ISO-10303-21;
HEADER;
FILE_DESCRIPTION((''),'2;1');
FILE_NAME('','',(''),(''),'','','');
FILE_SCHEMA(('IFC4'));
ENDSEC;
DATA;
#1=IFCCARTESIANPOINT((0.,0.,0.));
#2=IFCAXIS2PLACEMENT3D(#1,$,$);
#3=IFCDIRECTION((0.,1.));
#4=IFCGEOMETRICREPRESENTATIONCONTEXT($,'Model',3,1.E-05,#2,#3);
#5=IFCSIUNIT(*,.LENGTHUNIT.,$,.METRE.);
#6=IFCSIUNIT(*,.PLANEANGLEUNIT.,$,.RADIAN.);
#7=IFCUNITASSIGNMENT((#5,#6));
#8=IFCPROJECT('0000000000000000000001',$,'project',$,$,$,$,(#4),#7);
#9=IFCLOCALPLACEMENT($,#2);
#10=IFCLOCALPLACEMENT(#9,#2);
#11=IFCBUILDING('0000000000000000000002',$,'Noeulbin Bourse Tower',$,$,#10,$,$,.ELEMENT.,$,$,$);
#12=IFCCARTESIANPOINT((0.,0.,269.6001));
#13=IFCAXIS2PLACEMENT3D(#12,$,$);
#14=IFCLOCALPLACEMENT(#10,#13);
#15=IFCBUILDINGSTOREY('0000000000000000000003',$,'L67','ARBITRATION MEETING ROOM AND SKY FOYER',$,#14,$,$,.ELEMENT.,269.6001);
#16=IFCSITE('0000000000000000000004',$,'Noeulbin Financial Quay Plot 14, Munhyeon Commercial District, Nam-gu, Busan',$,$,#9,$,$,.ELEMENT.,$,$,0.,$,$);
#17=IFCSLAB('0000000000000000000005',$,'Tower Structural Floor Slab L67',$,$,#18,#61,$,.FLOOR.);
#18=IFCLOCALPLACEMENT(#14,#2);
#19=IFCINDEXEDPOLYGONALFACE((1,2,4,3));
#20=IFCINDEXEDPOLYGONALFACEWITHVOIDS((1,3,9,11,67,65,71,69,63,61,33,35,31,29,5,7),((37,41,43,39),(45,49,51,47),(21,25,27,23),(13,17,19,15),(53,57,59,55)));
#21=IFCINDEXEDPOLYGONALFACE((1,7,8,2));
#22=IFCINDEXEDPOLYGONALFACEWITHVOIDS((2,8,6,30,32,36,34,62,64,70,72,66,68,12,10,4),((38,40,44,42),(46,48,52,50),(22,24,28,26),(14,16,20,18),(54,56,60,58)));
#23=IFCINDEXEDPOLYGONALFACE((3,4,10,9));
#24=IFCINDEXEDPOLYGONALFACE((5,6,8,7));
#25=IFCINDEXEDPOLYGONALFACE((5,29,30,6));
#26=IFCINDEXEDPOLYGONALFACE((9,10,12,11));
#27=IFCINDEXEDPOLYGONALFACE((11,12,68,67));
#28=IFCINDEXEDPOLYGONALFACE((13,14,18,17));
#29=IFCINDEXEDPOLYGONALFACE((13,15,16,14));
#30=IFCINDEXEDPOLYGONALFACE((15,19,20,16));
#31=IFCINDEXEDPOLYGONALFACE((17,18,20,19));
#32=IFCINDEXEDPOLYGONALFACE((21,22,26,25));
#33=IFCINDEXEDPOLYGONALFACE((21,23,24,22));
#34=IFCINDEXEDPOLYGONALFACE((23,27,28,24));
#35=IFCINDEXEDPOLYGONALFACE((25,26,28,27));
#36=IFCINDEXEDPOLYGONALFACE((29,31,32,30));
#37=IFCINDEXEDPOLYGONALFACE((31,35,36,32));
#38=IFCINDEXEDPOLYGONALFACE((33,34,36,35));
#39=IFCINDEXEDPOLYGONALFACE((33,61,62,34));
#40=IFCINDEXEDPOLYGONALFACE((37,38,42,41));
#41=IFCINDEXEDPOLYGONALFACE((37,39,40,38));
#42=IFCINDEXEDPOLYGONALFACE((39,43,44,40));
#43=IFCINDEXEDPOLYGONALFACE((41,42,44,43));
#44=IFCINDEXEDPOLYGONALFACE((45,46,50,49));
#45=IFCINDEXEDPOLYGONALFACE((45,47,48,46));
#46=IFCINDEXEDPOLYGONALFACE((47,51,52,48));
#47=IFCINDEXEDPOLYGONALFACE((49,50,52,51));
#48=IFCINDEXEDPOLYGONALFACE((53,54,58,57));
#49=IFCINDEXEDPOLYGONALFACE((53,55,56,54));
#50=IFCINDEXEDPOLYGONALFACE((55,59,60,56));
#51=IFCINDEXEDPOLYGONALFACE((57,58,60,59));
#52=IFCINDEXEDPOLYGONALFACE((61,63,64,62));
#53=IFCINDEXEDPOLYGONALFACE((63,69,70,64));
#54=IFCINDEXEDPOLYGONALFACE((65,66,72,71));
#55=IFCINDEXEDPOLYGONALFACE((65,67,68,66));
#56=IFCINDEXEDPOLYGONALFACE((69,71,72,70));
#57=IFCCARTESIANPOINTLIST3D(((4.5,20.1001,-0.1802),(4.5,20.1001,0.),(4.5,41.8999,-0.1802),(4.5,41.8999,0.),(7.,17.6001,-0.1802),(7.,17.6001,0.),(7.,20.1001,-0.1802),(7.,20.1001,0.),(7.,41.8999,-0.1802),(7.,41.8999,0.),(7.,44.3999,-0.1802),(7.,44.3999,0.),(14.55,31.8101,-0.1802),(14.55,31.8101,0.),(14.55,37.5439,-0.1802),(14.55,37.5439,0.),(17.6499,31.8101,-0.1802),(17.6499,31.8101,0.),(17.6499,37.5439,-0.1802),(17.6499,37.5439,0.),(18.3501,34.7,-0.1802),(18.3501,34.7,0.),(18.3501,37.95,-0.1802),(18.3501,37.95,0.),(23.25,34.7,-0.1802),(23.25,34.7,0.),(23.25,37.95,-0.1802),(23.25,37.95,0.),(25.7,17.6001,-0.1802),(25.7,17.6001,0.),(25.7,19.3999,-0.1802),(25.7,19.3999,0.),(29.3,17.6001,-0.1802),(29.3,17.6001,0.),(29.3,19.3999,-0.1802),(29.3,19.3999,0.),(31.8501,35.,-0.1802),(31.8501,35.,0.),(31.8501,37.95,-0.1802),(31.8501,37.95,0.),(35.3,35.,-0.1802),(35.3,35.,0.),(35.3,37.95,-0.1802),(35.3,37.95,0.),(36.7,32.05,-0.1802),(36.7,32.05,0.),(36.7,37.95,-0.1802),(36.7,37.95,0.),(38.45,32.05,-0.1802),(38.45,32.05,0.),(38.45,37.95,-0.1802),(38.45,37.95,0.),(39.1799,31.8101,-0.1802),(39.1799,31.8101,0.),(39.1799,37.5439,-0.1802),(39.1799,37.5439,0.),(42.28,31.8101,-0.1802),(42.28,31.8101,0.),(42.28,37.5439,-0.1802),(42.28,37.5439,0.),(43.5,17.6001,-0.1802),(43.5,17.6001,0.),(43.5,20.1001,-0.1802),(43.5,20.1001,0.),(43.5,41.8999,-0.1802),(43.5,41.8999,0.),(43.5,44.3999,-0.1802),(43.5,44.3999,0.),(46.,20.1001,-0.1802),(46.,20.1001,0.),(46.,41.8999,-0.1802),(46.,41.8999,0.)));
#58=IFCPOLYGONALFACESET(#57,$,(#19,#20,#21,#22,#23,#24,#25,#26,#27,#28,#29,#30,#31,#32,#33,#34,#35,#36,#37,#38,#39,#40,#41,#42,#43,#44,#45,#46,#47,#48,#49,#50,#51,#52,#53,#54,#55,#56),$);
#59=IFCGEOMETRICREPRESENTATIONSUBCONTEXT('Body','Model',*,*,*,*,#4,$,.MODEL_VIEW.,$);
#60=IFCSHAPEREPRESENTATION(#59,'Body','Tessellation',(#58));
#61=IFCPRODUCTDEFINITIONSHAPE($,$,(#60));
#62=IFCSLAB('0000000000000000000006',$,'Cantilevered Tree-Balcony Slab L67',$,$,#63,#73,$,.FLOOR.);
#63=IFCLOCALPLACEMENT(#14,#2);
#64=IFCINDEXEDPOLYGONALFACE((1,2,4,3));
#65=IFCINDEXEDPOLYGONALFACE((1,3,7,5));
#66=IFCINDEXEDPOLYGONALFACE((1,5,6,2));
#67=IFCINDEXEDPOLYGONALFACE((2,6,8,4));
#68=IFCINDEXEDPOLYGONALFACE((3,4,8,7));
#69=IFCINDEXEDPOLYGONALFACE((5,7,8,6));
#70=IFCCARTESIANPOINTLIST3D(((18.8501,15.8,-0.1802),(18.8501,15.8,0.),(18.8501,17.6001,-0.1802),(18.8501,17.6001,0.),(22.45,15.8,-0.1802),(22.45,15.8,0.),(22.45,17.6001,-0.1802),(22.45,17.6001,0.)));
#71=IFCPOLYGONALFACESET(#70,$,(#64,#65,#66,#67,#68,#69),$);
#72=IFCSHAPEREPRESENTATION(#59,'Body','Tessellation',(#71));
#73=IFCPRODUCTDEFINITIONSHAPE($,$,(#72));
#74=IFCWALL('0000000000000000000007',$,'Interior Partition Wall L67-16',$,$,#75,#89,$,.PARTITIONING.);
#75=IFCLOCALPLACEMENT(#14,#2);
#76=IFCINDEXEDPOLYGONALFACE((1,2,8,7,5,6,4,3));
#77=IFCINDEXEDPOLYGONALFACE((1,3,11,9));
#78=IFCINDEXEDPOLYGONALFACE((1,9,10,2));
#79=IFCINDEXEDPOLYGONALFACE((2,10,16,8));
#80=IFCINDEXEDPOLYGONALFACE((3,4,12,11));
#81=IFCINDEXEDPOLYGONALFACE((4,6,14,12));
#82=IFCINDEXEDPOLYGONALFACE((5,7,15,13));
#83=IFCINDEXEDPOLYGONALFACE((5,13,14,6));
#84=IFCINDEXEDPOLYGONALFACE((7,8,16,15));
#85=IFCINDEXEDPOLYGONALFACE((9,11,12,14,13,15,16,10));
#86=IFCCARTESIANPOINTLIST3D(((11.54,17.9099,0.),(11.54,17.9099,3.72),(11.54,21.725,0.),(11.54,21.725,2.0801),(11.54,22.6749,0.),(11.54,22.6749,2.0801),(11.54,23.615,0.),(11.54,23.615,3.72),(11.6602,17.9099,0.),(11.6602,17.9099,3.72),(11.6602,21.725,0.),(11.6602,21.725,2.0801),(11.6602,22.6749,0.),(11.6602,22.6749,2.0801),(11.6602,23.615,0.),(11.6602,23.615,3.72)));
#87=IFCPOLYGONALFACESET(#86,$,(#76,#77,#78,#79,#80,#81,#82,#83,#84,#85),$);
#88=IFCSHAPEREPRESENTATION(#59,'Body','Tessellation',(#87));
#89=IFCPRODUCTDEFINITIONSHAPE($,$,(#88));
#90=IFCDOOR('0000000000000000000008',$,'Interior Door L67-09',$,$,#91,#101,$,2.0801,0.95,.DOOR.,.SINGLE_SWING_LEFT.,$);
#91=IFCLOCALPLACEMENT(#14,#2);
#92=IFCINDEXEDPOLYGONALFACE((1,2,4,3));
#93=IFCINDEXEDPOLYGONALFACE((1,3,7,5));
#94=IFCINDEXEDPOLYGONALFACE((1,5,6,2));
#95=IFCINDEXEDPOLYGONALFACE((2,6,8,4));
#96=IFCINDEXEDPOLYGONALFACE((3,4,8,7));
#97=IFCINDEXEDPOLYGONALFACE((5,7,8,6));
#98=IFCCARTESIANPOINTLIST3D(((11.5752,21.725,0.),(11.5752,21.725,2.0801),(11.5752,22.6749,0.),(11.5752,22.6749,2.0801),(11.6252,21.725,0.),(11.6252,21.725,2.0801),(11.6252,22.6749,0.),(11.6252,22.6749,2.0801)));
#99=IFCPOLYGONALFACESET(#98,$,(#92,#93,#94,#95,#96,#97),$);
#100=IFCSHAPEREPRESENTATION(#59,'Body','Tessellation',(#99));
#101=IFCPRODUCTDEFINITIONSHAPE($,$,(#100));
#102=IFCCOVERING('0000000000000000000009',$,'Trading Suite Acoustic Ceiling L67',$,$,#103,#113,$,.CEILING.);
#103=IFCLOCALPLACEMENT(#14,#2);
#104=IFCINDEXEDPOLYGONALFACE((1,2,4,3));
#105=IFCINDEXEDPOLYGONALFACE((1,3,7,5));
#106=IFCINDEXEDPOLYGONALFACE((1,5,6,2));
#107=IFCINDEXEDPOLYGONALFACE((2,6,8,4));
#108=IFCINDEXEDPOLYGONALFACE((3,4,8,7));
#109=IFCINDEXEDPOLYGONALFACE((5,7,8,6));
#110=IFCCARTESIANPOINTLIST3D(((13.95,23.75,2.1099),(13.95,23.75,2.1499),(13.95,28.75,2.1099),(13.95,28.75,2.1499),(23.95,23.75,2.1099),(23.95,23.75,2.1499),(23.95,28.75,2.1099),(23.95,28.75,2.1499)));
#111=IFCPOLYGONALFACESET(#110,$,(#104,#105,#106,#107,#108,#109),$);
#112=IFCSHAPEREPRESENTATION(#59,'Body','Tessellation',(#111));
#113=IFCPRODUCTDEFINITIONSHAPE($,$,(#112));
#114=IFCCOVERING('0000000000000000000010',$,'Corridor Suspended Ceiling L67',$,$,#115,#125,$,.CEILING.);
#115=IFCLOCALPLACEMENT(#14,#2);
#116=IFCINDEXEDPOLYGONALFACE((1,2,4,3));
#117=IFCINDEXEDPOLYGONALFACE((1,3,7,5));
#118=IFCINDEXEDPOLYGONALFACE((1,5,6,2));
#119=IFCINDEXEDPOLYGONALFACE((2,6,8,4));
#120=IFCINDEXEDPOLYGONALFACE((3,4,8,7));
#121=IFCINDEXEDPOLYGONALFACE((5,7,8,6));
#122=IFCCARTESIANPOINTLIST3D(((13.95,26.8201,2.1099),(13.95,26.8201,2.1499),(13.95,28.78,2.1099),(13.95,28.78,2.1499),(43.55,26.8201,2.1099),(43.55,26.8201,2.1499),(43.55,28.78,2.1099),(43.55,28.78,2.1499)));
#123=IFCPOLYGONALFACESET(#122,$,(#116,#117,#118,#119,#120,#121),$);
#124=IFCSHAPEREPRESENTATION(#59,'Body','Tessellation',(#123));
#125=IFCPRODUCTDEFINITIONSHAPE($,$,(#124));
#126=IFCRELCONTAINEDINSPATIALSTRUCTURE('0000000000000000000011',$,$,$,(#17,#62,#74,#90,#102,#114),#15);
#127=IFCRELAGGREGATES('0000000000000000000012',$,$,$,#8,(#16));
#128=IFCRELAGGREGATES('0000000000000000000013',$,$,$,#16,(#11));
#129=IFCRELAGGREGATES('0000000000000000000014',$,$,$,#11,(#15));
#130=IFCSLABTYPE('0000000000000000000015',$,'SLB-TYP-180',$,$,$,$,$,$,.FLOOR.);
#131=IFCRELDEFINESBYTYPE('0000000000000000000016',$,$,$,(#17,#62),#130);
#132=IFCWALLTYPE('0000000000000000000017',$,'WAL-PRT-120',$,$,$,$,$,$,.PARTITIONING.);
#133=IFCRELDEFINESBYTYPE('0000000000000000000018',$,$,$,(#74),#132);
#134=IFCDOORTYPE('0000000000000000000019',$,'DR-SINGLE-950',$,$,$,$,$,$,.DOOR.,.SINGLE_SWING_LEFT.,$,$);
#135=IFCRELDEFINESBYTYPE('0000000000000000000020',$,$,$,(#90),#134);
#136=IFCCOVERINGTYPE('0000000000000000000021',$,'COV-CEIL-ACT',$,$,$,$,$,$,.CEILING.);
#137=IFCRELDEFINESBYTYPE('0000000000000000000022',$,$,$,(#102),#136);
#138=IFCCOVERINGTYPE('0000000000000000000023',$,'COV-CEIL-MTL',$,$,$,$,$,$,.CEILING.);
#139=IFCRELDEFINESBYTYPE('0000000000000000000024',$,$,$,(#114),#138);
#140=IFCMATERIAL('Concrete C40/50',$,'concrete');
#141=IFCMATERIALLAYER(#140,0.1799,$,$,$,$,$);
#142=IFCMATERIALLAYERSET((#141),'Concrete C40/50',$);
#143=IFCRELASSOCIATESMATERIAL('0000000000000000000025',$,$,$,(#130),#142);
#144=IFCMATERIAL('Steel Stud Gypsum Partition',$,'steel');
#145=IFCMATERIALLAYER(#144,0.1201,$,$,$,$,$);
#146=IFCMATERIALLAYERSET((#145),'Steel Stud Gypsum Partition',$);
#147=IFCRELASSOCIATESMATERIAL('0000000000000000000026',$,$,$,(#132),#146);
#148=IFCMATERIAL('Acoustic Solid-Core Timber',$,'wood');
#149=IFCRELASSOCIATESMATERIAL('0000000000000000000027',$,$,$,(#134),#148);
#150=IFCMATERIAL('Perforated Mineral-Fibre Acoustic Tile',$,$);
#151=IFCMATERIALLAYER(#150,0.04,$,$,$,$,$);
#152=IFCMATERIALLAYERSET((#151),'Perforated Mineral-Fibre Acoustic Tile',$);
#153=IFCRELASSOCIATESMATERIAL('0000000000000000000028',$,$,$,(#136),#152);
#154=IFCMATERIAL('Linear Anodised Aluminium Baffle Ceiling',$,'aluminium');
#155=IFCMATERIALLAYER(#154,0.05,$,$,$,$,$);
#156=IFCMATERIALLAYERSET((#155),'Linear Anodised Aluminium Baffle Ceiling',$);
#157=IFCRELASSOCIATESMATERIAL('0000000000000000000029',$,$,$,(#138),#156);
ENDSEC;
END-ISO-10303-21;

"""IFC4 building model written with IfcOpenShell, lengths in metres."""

from ifc_helpers import new_model, si_unit, direction, frame, frame_2d, origin, place, context, subcontext, project, spatial, polyline, rectangle, outline, extrude, material, layer, layer_set, type_object, element, fill, save


model = new_model("IFC4")

# Units and contexts
model_context = context("Model", 3, precision=1e-05, world=origin(), true_north=direction((0.0, 1.0)))
body_context = subcontext(model_context, "Body", "Model", "MODEL_VIEW")
ifc_project = project(units=[si_unit("LENGTHUNIT", "METRE"), si_unit("PLANEANGLEUNIT", "RADIAN")], contexts=[model_context])

# Site, building, storey
site_placement = place(None, origin())
site = spatial("IfcSite", under=ifc_project, at=site_placement, Name="Noeulbin Financial Quay Plot 14, Munhyeon Commercial District, Nam-gu, Busan", CompositionType="ELEMENT", RefElevation=0.0)
building_placement = place(site_placement, origin())
building = spatial("IfcBuilding", under=site, at=building_placement, Name="Noeulbin Bourse Tower", CompositionType="ELEMENT")
storey_placement = place(building_placement, frame((0.0, 0.0, 269.6001)))
storey = spatial("IfcBuildingStorey", under=building, at=storey_placement, Name="L67", Description="ARBITRATION MEETING ROOM AND SKY FOYER", CompositionType="ELEMENT", Elevation=269.6001)

# Shared definitions
ifc_material_1 = material(Name="Concrete C40/50", Category="concrete")

# Slab, openings
ifc_layer_1 = layer(ifc_material_1, 0.1799)
ifc_layer_set_1 = layer_set([ifc_layer_1], Name="Concrete C40/50")
slab_type_1 = type_object("IfcSlabType", Name="SLB-TYP-180", PredefinedType="FLOOR", material=ifc_layer_set_1)
slab_1_placement = place(storey_placement, frame((0.0, 0.0, -0.1802)))
slab_1 = element("IfcSlab", 1, at=slab_1_placement, inside=storey, type_object=slab_type_1, Name="Tower Structural Floor Slab L67", PredefinedType="FLOOR", context=body_context, shape_type="SweptSolid", body=[
    extrude(outline(polyline([(7.0, 17.6001), (25.7, 17.6001), (25.7, 19.3999), (29.3, 19.3999), (29.3, 17.6001), (43.5, 17.6001), (43.5, 20.1001), (46.0, 20.1001), (46.0, 41.8999), (43.5, 41.8999), (43.5, 44.3999), (7.0, 44.3999), (7.0, 41.8999), (4.5, 41.8999), (4.5, 20.1001), (7.0, 20.1001), (7.0, 17.6001)]), holes=[polyline([(17.6499, 31.8101), (17.6499, 37.5439), (14.55, 37.5439), (14.55, 31.8101), (17.6499, 31.8101)]), polyline([(42.28, 31.8101), (42.28, 37.5439), (39.1799, 37.5439), (39.1799, 31.8101), (42.28, 31.8101)]), polyline([(18.3501, 34.7), (23.25, 34.7), (23.25, 37.95), (18.3501, 37.95), (18.3501, 34.7)]), polyline([(36.7, 32.05), (38.45, 32.05), (38.45, 37.95), (36.7, 37.95), (36.7, 32.05)]), polyline([(31.8501, 35.0), (35.3, 35.0), (35.3, 37.95), (31.8501, 37.95), (31.8501, 35.0)])]), origin(), (0.0, 0.0, 1.0), 0.1802),
])
opening_1_placement = place(slab_1_placement, frame((0.0, 0.0, -0.01)))
element("IfcOpeningElement", 2, at=opening_1_placement, cuts=slab_1, PredefinedType="OPENING", context=body_context, shape_type="SweptSolid", body=[
    extrude(outline(polyline([(17.6499, 31.8101), (17.6499, 37.5439), (14.55, 37.5439), (14.55, 31.8101), (17.6499, 31.8101)])), origin(), (0.0, 0.0, 1.0), 0.2002),
])
opening_2_placement = place(slab_1_placement, frame((0.0, 0.0, -0.01)))
element("IfcOpeningElement", 3, at=opening_2_placement, cuts=slab_1, PredefinedType="OPENING", context=body_context, shape_type="SweptSolid", body=[
    extrude(outline(polyline([(42.28, 31.8101), (42.28, 37.5439), (39.1799, 37.5439), (39.1799, 31.8101), (42.28, 31.8101)])), origin(), (0.0, 0.0, 1.0), 0.2002),
])
opening_3_placement = place(slab_1_placement, frame((0.0, 0.0, -0.01)))
element("IfcOpeningElement", 4, at=opening_3_placement, cuts=slab_1, PredefinedType="OPENING", context=body_context, shape_type="SweptSolid", body=[
    extrude(outline(polyline([(18.3501, 34.7), (23.25, 34.7), (23.25, 37.95), (18.3501, 37.95), (18.3501, 34.7)])), origin(), (0.0, 0.0, 1.0), 0.2002),
])
opening_4_placement = place(slab_1_placement, frame((0.0, 0.0, -0.01)))
element("IfcOpeningElement", 5, at=opening_4_placement, cuts=slab_1, PredefinedType="OPENING", context=body_context, shape_type="SweptSolid", body=[
    extrude(outline(polyline([(36.7, 32.05), (38.45, 32.05), (38.45, 37.95), (36.7, 37.95), (36.7, 32.05)])), origin(), (0.0, 0.0, 1.0), 0.2002),
])
opening_5_placement = place(slab_1_placement, frame((0.0, 0.0, -0.01)))
element("IfcOpeningElement", 6, at=opening_5_placement, cuts=slab_1, PredefinedType="OPENING", context=body_context, shape_type="SweptSolid", body=[
    extrude(outline(polyline([(31.8501, 35.0), (35.3, 35.0), (35.3, 37.95), (31.8501, 37.95), (31.8501, 35.0)])), origin(), (0.0, 0.0, 1.0), 0.2002),
])

# Slab
slab_2_placement = place(storey_placement, frame((0.0, 0.0, -0.1802)))
element("IfcSlab", 7, at=slab_2_placement, inside=storey, type_object=slab_type_1, Name="Cantilevered Tree-Balcony Slab L67", PredefinedType="FLOOR", context=body_context, shape_type="SweptSolid", body=[
    extrude(outline(polyline([(18.8501, 15.8), (22.45, 15.8), (22.45, 17.6001), (18.8501, 17.6001), (18.8501, 15.8)])), origin(), (0.0, 0.0, 1.0), 0.1802),
])

# Wall, opening, door
ifc_material_2 = material(Name="Steel Stud Gypsum Partition", Category="steel")
ifc_layer_2 = layer(ifc_material_2, 0.1201)
ifc_layer_set_2 = layer_set([ifc_layer_2], Name="Steel Stud Gypsum Partition")
wall_type = type_object("IfcWallType", Name="WAL-PRT-120", PredefinedType="PARTITIONING", material=ifc_layer_set_2)
wall_placement = place(storey_placement, frame((11.6001, 17.9099, 0.0), z_axis=(0.0, 0.0, 1.0), x_axis=(0.0, 1.0, 0.0)))
wall = element("IfcWall", 8, at=wall_placement, inside=storey, type_object=wall_type, Name="Interior Partition Wall L67-16", PredefinedType="PARTITIONING", context=body_context, shape_type="SweptSolid", body=[
    extrude(rectangle(XDim=5.7051, YDim=0.1201, at=frame_2d((2.8525, 0.0))), origin(), (0.0, 0.0, 1.0), 3.72),
])
opening_6_placement = place(wall_placement, frame((3.8149, 0.0, 0.0)))
opening_6 = element("IfcOpeningElement", 9, at=opening_6_placement, cuts=wall, PredefinedType="OPENING", context=body_context, shape_type="SweptSolid", body=[
    extrude(rectangle(XDim=0.95, YDim=2.0801, at=frame_2d((0.4751, 1.04))), frame((0.0, 0.0701, 0.0), z_axis=(0.0, -1.0, 0.0), x_axis=(1.0, 0.0, 0.0)), (0.0, 0.0, 1.0), 0.1401),
])
ifc_material_3 = material(Name="Acoustic Solid-Core Timber", Category="wood")
door_type = type_object("IfcDoorType", Name="DR-SINGLE-950", OperationType="SINGLE_SWING_LEFT", PredefinedType="DOOR", material=ifc_material_3)
door_placement = place(opening_6_placement, origin())
door = element("IfcDoor", 10, at=door_placement, inside=storey, type_object=door_type, Name="Interior Door L67-09", OperationType="SINGLE_SWING_LEFT", OverallHeight=2.0801, OverallWidth=0.95, PredefinedType="DOOR", context=body_context, shape_type="SweptSolid", body=[
    extrude(rectangle(XDim=0.95, YDim=2.0801, at=frame_2d((0.4751, 1.04))), frame((0.0, 0.0249, 0.0), z_axis=(0.0, -1.0, 0.0), x_axis=(1.0, 0.0, 0.0)), (0.0, 0.0, 1.0), 0.05),
])
fill(opening_6, door)

# Coverings
ifc_material_4 = material(Name="Perforated Mineral-Fibre Acoustic Tile")
ifc_layer_3 = layer(ifc_material_4, 0.04)
ifc_layer_set_3 = layer_set([ifc_layer_3], Name="Perforated Mineral-Fibre Acoustic Tile")
covering_type_1 = type_object("IfcCoveringType", Name="COV-CEIL-ACT", PredefinedType="CEILING", material=ifc_layer_set_3)
covering_1_placement = place(storey_placement, frame((0.0, 0.0, 2.1099)))
element("IfcCovering", 11, at=covering_1_placement, inside=storey, type_object=covering_type_1, Name="Trading Suite Acoustic Ceiling L67", PredefinedType="CEILING", context=body_context, shape_type="SweptSolid", body=[
    extrude(outline(polyline([(13.95, 23.75), (23.95, 23.75), (23.95, 28.75), (13.95, 28.75), (13.95, 23.75)])), origin(), (0.0, 0.0, 1.0), 0.04),
])
ifc_material_5 = material(Name="Linear Anodised Aluminium Baffle Ceiling", Category="aluminium")
ifc_layer_4 = layer(ifc_material_5, 0.05)
ifc_layer_set_4 = layer_set([ifc_layer_4], Name="Linear Anodised Aluminium Baffle Ceiling")
covering_type_2 = type_object("IfcCoveringType", Name="COV-CEIL-MTL", PredefinedType="CEILING", material=ifc_layer_set_4)
covering_2_placement = place(storey_placement, frame((0.0, 0.0, 2.1099)))
element("IfcCovering", 12, at=covering_2_placement, inside=storey, type_object=covering_type_2, Name="Corridor Suspended Ceiling L67", PredefinedType="CEILING", context=body_context, shape_type="SweptSolid", body=[
    extrude(outline(polyline([(13.95, 26.8201), (43.55, 26.8201), (43.55, 28.78), (13.95, 28.78), (13.95, 26.8201)])), origin(), (0.0, 0.0, 1.0), 0.04),
])

save(model, "model.ifc")
